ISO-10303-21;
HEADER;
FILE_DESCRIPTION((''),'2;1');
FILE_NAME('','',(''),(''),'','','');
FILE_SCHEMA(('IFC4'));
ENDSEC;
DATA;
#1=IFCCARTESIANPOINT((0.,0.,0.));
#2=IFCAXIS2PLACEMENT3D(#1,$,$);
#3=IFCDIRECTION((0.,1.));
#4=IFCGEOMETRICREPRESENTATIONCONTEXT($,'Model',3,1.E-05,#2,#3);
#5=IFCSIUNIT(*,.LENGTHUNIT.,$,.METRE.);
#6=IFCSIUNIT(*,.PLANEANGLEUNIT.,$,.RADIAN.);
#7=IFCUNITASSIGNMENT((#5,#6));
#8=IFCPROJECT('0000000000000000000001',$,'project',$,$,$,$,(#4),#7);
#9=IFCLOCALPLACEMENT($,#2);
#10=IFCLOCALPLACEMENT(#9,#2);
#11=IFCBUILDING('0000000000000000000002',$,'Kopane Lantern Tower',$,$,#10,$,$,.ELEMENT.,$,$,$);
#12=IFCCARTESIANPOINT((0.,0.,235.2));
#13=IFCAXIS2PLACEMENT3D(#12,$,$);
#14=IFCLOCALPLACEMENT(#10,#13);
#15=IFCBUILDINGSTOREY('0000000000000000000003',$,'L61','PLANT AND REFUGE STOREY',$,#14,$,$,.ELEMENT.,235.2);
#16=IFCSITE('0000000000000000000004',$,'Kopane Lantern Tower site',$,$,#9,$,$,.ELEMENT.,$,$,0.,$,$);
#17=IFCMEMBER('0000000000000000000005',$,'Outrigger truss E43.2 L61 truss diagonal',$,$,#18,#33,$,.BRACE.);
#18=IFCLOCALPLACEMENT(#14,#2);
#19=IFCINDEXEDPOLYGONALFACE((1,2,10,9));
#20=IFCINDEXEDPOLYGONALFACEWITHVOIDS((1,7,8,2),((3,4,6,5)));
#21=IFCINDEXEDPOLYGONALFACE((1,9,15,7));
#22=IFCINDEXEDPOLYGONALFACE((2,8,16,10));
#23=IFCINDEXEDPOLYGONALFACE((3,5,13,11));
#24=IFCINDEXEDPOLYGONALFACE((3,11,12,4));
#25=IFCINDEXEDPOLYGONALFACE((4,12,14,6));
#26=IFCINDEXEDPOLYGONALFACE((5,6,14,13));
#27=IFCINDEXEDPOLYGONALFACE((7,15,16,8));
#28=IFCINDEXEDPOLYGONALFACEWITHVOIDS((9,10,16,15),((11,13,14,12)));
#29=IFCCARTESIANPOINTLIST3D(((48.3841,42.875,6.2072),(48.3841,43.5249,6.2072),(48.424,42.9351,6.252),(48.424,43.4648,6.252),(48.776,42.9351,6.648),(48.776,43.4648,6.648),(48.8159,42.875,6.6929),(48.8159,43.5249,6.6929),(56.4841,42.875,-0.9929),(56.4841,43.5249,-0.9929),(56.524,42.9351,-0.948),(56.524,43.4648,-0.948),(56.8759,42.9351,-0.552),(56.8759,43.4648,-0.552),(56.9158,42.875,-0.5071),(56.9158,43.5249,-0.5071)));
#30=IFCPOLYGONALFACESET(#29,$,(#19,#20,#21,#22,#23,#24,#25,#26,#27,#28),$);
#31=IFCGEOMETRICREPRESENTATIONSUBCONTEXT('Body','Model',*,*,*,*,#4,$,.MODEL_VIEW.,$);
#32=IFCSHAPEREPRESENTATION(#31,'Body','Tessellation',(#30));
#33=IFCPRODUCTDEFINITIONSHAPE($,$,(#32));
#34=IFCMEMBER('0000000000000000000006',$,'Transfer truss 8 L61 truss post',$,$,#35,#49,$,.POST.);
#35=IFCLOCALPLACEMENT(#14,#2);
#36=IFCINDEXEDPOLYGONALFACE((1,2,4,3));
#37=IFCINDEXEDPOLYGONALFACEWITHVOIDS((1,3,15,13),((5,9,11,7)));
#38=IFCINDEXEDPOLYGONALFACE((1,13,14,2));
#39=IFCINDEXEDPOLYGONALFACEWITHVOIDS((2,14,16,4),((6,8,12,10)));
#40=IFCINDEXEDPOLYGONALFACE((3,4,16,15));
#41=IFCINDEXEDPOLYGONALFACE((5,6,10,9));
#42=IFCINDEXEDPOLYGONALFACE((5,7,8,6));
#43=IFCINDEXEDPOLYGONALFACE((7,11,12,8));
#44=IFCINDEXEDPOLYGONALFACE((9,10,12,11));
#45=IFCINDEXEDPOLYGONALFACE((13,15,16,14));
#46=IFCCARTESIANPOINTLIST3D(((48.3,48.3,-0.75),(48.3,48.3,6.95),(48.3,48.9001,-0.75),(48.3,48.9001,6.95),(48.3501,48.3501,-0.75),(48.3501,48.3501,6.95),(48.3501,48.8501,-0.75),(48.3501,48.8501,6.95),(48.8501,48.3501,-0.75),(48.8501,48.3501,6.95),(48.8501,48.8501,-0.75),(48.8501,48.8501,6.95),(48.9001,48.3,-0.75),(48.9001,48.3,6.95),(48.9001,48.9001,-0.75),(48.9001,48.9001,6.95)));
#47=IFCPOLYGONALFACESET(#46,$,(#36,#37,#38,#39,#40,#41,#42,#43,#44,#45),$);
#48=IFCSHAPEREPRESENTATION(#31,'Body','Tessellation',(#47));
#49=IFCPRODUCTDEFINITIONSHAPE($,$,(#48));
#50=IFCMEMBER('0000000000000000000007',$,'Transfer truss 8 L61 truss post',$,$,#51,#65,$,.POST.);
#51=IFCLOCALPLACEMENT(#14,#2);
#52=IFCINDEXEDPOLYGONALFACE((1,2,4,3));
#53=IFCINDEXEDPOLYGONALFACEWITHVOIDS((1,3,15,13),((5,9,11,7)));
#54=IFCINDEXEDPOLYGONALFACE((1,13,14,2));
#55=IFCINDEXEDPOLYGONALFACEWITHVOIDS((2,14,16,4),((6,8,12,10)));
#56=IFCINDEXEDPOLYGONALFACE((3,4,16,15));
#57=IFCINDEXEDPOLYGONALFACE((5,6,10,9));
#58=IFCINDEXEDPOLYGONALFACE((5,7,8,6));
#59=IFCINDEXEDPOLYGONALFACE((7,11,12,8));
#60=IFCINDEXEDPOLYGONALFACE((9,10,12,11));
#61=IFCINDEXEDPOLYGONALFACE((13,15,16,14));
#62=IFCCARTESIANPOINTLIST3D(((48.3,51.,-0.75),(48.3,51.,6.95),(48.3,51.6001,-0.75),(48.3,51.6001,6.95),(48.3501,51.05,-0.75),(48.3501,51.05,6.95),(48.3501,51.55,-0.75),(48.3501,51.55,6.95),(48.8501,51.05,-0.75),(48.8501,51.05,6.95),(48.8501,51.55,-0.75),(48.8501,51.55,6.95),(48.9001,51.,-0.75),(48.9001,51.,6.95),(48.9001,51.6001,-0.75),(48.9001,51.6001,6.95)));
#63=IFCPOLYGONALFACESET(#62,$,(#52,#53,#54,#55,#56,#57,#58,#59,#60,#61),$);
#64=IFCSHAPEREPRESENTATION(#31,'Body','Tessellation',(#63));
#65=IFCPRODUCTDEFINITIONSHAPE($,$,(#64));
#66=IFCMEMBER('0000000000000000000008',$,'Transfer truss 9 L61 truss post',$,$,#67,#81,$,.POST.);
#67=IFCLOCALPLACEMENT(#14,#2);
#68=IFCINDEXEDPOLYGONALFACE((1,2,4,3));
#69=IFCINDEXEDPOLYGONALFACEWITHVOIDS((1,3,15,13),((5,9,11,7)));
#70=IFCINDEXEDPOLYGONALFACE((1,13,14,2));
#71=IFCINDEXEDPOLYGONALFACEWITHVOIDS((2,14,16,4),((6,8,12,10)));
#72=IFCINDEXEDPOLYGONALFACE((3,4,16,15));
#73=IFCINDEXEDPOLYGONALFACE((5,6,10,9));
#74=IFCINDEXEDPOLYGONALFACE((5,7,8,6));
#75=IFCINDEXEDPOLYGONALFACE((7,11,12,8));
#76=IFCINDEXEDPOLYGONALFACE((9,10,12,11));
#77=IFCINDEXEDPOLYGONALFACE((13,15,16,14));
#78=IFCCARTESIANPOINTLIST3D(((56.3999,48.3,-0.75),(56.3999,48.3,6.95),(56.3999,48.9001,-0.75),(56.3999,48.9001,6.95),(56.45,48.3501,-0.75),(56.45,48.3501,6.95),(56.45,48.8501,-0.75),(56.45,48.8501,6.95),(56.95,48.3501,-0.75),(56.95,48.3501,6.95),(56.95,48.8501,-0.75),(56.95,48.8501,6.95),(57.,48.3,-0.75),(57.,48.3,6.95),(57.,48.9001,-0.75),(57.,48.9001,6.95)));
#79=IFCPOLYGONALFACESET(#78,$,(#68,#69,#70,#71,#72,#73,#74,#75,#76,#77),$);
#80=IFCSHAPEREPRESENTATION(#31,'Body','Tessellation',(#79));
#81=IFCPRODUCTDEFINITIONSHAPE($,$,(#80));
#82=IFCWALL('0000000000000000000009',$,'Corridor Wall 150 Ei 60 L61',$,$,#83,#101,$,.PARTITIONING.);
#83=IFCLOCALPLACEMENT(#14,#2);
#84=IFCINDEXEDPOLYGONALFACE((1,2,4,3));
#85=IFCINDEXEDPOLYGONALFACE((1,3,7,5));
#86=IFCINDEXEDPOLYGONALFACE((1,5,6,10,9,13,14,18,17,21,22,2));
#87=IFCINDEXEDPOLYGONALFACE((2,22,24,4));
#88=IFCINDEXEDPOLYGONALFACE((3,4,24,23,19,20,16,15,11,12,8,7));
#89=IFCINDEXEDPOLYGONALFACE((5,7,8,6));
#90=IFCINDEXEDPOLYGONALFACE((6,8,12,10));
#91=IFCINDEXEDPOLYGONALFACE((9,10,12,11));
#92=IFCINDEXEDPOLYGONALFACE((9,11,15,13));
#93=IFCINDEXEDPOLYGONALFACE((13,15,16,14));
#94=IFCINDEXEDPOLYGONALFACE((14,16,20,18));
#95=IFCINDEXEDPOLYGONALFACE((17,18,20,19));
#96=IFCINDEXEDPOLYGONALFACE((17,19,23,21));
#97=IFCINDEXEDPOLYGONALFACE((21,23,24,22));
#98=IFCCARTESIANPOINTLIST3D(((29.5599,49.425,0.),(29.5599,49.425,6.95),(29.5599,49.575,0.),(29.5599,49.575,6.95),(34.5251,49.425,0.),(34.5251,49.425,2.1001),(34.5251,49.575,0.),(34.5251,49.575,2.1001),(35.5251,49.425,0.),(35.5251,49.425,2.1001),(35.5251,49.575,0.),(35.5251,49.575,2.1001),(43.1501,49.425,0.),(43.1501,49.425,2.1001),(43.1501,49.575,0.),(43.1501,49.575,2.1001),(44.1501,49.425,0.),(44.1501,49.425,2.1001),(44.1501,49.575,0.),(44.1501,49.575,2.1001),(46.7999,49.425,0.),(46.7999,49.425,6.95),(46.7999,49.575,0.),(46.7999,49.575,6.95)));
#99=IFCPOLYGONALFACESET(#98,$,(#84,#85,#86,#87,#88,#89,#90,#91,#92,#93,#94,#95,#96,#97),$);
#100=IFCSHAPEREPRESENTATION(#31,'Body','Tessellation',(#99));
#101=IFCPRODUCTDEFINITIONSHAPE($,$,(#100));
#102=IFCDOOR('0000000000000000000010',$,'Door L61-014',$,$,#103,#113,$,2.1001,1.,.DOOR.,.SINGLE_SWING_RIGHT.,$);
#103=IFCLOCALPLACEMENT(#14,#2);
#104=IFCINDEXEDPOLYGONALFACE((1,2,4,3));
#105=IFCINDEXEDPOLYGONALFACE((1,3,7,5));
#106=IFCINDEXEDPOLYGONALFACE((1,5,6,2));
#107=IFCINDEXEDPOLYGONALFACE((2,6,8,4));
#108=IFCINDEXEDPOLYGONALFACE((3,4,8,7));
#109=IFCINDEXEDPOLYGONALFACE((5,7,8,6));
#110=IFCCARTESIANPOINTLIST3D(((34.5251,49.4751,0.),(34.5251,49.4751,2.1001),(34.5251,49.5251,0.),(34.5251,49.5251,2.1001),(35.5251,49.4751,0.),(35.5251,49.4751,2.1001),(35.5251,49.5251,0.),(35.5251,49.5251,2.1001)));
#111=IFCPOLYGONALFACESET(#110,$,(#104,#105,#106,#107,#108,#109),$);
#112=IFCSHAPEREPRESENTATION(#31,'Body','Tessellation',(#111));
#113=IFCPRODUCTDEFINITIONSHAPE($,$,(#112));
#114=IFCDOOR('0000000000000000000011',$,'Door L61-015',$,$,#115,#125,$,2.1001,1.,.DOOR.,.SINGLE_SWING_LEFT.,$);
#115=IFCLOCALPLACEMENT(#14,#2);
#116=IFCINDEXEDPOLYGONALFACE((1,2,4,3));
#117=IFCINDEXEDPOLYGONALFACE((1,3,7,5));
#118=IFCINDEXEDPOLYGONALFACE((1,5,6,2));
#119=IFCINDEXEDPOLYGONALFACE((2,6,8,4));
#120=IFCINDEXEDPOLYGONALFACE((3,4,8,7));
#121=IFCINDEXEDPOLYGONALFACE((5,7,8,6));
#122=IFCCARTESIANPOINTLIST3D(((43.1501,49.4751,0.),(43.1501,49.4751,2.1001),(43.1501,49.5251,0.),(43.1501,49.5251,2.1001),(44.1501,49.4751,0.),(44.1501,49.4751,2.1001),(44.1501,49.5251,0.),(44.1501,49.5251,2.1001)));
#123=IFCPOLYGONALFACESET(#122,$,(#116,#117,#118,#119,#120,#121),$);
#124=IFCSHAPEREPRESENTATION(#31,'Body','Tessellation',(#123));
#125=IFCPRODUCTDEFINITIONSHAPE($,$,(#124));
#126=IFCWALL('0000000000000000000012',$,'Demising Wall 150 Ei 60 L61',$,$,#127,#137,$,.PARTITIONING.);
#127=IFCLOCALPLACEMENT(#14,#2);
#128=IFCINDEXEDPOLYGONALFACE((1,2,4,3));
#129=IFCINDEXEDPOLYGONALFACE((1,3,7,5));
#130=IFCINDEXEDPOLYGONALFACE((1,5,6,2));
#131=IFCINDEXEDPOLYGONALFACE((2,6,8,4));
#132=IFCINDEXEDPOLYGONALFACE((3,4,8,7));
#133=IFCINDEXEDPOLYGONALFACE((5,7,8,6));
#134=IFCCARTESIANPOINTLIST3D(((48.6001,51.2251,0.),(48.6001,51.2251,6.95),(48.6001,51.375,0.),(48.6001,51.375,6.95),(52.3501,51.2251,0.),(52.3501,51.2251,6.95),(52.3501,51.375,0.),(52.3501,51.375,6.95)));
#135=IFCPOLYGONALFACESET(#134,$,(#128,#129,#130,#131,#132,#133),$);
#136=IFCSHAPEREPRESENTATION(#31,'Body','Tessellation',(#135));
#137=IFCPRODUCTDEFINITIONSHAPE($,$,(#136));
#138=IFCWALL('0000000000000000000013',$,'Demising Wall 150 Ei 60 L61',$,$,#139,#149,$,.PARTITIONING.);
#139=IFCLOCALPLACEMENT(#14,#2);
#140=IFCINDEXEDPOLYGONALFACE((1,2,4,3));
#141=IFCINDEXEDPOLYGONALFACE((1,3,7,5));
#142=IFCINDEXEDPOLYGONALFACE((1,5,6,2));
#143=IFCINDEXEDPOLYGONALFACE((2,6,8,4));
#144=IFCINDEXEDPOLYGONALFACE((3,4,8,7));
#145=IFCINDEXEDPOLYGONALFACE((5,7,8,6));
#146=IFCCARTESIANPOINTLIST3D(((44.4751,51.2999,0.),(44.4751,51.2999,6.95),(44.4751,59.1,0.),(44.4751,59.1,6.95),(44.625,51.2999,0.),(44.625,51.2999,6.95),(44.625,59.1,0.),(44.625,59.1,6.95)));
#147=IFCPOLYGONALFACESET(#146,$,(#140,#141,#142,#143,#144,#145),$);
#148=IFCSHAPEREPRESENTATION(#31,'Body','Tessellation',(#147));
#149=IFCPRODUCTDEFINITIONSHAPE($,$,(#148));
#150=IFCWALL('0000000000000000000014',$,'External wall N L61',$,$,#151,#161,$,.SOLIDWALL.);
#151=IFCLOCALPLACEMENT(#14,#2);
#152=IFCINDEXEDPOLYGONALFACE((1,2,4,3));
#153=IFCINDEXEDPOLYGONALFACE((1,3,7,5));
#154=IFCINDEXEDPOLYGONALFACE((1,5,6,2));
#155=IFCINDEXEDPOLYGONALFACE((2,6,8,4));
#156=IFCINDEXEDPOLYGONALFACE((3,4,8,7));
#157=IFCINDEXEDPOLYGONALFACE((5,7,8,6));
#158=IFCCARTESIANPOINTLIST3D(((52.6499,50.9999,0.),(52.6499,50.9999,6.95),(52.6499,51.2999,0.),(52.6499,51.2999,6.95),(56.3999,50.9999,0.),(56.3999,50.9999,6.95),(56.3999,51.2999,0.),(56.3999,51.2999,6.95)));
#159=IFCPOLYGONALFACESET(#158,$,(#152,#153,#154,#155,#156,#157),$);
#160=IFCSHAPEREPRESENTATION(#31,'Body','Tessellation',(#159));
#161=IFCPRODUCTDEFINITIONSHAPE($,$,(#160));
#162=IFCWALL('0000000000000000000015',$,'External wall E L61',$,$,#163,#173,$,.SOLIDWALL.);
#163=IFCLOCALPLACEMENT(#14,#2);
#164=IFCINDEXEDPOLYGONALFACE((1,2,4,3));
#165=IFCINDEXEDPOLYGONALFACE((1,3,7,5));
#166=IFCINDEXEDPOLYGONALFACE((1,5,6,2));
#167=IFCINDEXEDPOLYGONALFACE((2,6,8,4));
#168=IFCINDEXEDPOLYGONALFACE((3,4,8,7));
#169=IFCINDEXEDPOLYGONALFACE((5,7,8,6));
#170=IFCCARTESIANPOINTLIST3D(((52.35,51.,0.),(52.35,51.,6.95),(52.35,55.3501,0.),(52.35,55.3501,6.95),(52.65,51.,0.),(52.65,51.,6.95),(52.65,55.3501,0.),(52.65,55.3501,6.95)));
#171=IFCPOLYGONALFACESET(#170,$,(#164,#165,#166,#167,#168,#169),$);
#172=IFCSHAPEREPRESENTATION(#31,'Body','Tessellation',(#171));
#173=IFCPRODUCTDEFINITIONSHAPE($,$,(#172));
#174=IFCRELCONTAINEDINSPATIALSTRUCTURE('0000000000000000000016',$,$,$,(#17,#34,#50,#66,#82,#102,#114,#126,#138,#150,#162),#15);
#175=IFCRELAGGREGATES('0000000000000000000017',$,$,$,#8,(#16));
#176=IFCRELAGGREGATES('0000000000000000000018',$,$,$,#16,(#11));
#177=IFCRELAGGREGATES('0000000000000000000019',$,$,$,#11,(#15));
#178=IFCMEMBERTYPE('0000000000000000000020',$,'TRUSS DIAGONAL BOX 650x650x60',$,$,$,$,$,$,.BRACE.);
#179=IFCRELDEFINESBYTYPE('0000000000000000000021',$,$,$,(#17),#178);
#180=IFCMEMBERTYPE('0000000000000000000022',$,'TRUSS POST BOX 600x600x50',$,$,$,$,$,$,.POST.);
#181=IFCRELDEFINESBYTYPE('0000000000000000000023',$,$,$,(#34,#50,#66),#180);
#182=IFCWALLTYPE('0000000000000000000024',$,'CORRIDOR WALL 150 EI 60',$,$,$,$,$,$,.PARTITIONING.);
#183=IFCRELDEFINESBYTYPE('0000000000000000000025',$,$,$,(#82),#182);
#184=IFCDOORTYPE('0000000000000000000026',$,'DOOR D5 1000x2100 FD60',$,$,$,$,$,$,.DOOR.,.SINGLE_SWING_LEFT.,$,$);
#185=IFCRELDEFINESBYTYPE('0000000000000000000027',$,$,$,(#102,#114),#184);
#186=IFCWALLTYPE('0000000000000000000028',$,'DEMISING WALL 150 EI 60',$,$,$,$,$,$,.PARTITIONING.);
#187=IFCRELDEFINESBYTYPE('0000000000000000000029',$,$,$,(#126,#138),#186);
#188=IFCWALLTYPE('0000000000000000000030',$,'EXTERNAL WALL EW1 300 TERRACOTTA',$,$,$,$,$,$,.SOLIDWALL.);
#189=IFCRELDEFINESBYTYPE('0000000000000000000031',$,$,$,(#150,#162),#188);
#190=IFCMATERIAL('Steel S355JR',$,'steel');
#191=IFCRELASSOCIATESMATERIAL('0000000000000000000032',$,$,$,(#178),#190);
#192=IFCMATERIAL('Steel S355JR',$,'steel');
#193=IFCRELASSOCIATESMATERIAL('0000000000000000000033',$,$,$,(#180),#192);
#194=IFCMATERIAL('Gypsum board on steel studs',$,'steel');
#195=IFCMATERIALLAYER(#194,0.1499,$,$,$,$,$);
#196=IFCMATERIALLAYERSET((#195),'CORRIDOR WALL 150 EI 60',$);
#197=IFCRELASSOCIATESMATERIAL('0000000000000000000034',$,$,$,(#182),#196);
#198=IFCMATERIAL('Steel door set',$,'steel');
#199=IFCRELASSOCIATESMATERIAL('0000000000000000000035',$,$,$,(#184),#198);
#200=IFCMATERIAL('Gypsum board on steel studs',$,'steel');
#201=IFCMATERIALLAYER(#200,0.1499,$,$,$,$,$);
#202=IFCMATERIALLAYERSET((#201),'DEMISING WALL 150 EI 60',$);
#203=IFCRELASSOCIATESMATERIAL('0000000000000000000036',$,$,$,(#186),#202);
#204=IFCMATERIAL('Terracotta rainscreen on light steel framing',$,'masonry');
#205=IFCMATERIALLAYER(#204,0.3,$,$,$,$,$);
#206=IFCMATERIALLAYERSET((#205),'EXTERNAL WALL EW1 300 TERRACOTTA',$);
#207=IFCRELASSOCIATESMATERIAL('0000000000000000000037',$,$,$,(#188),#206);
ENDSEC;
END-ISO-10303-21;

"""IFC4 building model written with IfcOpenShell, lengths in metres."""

from ifc_helpers import new_model, si_unit, direction, frame, frame_2d, origin, origin_2d, place, context, subcontext, project, spatial, rectangle, hollow_rectangle, extrude, material, layer, layer_set, material_profile, profile_set, type_object, element, fill, save


model = new_model("IFC4")

# Units and contexts
model_context = context("Model", 3, precision=1e-05, world=origin(), true_north=direction((0.0, 1.0)))
body_context = subcontext(model_context, "Body", "Model", "MODEL_VIEW")
ifc_project = project(units=[si_unit("LENGTHUNIT", "METRE"), si_unit("PLANEANGLEUNIT", "RADIAN")], contexts=[model_context])

# Site, building, storey
site_placement = place(None, origin())
site = spatial("IfcSite", under=ifc_project, at=site_placement, Name="Kopane Lantern Tower site", CompositionType="ELEMENT", RefElevation=0.0)
building_placement = place(site_placement, origin())
building = spatial("IfcBuilding", under=site, at=building_placement, Name="Kopane Lantern Tower", CompositionType="ELEMENT")
storey_placement = place(building_placement, frame((0.0, 0.0, 235.2)))
storey = spatial("IfcBuildingStorey", under=building, at=storey_placement, Name="L61", Description="PLANT AND REFUGE STOREY", CompositionType="ELEMENT", Elevation=235.2)

# Members
ifc_material_1 = material(Name="Steel S355JR", Category="steel")
ifc_material_profile_1 = material_profile(ifc_material_1, hollow_rectangle(XDim=0.6499, YDim=0.6499, WallThickness=0.0601, at=origin_2d()), Name="BOX 650x650x60")
ifc_profile_set_1 = profile_set([ifc_material_profile_1], Name="Steel S355JR")
member_type_1 = type_object("IfcMemberType", Name="TRUSS DIAGONAL BOX 650x650x60", PredefinedType="BRACE", material=ifc_profile_set_1)
member_1_placement = place(storey_placement, frame((56.7, 43.2, -0.75), z_axis=(-0.747406, 0.0, 0.664368), x_axis=(0.0, -1.0, 0.0)))
element("IfcMember", 1, at=member_1_placement, inside=storey, type_object=member_type_1, Name="Outrigger truss E43.2 L61 truss diagonal", PredefinedType="BRACE", context=body_context, shape_type="SweptSolid", body=[
    extrude(hollow_rectangle(XDim=0.6499, YDim=0.6499, WallThickness=0.0601, at=origin_2d()), origin(), (0.0, 0.0, 1.0), 10.8374),
])
ifc_material_2 = material(Name="Steel S355JR", Category="steel")
ifc_material_profile_2 = material_profile(ifc_material_2, hollow_rectangle(XDim=0.6001, YDim=0.6001, WallThickness=0.05, at=origin_2d()), Name="BOX 600x600x50")
ifc_profile_set_2 = profile_set([ifc_material_profile_2], Name="Steel S355JR")
member_type_2 = type_object("IfcMemberType", Name="TRUSS POST BOX 600x600x50", PredefinedType="POST", material=ifc_profile_set_2)
for number, where, z_axis, x_axis, name in (
    (2, (48.6001, 48.6001, -0.75), (0.0, 0.0, 1.0), (1.0, 0.0, 0.0), "Transfer truss 8 L61 truss post"),
    (3, (48.6001, 51.3, -0.75), (0.0, 0.0, 1.0), (1.0, 0.0, 0.0), "Transfer truss 8 L61 truss post"),
    (4, (56.7, 48.6001, -0.75), (0.0, 0.0, 1.0), (1.0, 0.0, 0.0), "Transfer truss 9 L61 truss post"),
):
    element("IfcMember", number, at=place(storey_placement, frame(where, z_axis=z_axis, x_axis=x_axis)), inside=storey, type_object=member_type_2, Name=name, PredefinedType="POST", context=body_context, shape_type="SweptSolid", body=[
        extrude(hollow_rectangle(XDim=0.6001, YDim=0.6001, WallThickness=0.05, at=origin_2d()), origin(), (0.0, 0.0, 1.0), 7.7),
    ])

# Wall, openings, doors
ifc_material_3 = material(Name="Gypsum board on steel studs", Category="steel")
ifc_layer_1 = layer(ifc_material_3, 0.1499)
ifc_layer_set_1 = layer_set([ifc_layer_1], Name="CORRIDOR WALL 150 EI 60")
wall_type_1 = type_object("IfcWallType", Name="CORRIDOR WALL 150 EI 60", PredefinedType="PARTITIONING", material=ifc_layer_set_1)
wall_1_placement = place(storey_placement, frame((46.8, 49.5, 0.0), z_axis=(0.0, 0.0, 1.0), x_axis=(-1.0, 0.0, 0.0)))
wall_1 = element("IfcWall", 5, at=wall_1_placement, inside=storey, type_object=wall_type_1, Name="Corridor Wall 150 Ei 60 L61", PredefinedType="PARTITIONING", context=body_context, shape_type="SweptSolid", body=[
    extrude(rectangle(XDim=17.24, YDim=0.1499, at=frame_2d((8.6201, 0.0))), origin(), (0.0, 0.0, 1.0), 6.95),
])
opening_1_placement = place(wall_1_placement, frame((11.2749, 0.0, 0.0)))
opening_1 = element("IfcOpeningElement", 6, at=opening_1_placement, cuts=wall_1, PredefinedType="OPENING", context=body_context, shape_type="SweptSolid", body=[
    extrude(rectangle(XDim=1.0, YDim=2.1001, at=frame_2d((0.5, 1.05))), frame((0.0, 0.085, 0.0), z_axis=(0.0, -1.0, 0.0), x_axis=(1.0, 0.0, 0.0)), (0.0, 0.0, 1.0), 0.1699),
])
opening_2_placement = place(wall_1_placement, frame((2.6499, 0.0, 0.0)))
opening_2 = element("IfcOpeningElement", 7, at=opening_2_placement, cuts=wall_1, PredefinedType="OPENING", context=body_context, shape_type="SweptSolid", body=[
    extrude(rectangle(XDim=1.0, YDim=2.1001, at=frame_2d((0.5, 1.05))), frame((0.0, 0.085, 0.0), z_axis=(0.0, -1.0, 0.0), x_axis=(1.0, 0.0, 0.0)), (0.0, 0.0, 1.0), 0.1699),
])
ifc_material_4 = material(Name="Steel door set", Category="steel")
door_type = type_object("IfcDoorType", Name="DOOR D5 1000x2100 FD60", OperationType="SINGLE_SWING_LEFT", PredefinedType="DOOR", material=ifc_material_4)
door_1_placement = place(opening_1_placement, origin())
door_1 = element("IfcDoor", 8, at=door_1_placement, inside=storey, type_object=door_type, Name="Door L61-014", OperationType="SINGLE_SWING_RIGHT", OverallHeight=2.1001, OverallWidth=1.0, PredefinedType="DOOR", context=body_context, shape_type="SweptSolid", body=[
    extrude(rectangle(XDim=1.0, YDim=2.1001, at=frame_2d((0.5, 1.05))), frame((0.0, 0.0249, 0.0), z_axis=(0.0, -1.0, 0.0), x_axis=(1.0, 0.0, 0.0)), (0.0, 0.0, 1.0), 0.05),
])
fill(opening_1, door_1)
door_2_placement = place(opening_2_placement, origin())
door_2 = element("IfcDoor", 9, at=door_2_placement, inside=storey, type_object=door_type, Name="Door L61-015", OperationType="SINGLE_SWING_LEFT", OverallHeight=2.1001, OverallWidth=1.0, PredefinedType="DOOR", context=body_context, shape_type="SweptSolid", body=[
    extrude(rectangle(XDim=1.0, YDim=2.1001, at=frame_2d((0.5, 1.05))), frame((0.0, 0.0249, 0.0), z_axis=(0.0, -1.0, 0.0), x_axis=(1.0, 0.0, 0.0)), (0.0, 0.0, 1.0), 0.05),
])
fill(opening_2, door_2)

# Walls
ifc_material_5 = material(Name="Gypsum board on steel studs", Category="steel")
ifc_layer_2 = layer(ifc_material_5, 0.1499)
ifc_layer_set_2 = layer_set([ifc_layer_2], Name="DEMISING WALL 150 EI 60")
wall_type_2 = type_object("IfcWallType", Name="DEMISING WALL 150 EI 60", PredefinedType="PARTITIONING", material=ifc_layer_set_2)
wall_2_placement = place(storey_placement, frame((48.6001, 51.3, 0.0), z_axis=(0.0, 0.0, 1.0), x_axis=(1.0, 0.0, 0.0)))
element("IfcWall", 10, at=wall_2_placement, inside=storey, type_object=wall_type_2, Name="Demising Wall 150 Ei 60 L61", PredefinedType="PARTITIONING", context=body_context, shape_type="SweptSolid", body=[
    extrude(rectangle(XDim=3.75, YDim=0.1499, at=frame_2d((1.875, 0.0))), origin(), (0.0, 0.0, 1.0), 6.95),
])
wall_3_placement = place(storey_placement, frame((44.55, 51.3, 0.0), z_axis=(0.0, 0.0, 1.0), x_axis=(0.0, 1.0, 0.0)))
element("IfcWall", 11, at=wall_3_placement, inside=storey, type_object=wall_type_2, Name="Demising Wall 150 Ei 60 L61", PredefinedType="PARTITIONING", context=body_context, shape_type="SweptSolid", body=[
    extrude(rectangle(XDim=7.8, YDim=0.1499, at=frame_2d((3.8999, 0.0))), origin(), (0.0, 0.0, 1.0), 6.95),
])
ifc_material_6 = material(Name="Terracotta rainscreen on light steel framing", Category="masonry")
ifc_layer_3 = layer(ifc_material_6, 0.3)
ifc_layer_set_3 = layer_set([ifc_layer_3], Name="EXTERNAL WALL EW1 300 TERRACOTTA")
wall_type_3 = type_object("IfcWallType", Name="EXTERNAL WALL EW1 300 TERRACOTTA", PredefinedType="SOLIDWALL", material=ifc_layer_set_3)
wall_4_placement = place(storey_placement, frame((56.3999, 51.1499, 0.0), z_axis=(0.0, 0.0, 1.0), x_axis=(-1.0, 0.0, 0.0)))
element("IfcWall", 12, at=wall_4_placement, inside=storey, type_object=wall_type_3, Name="External wall N L61", PredefinedType="SOLIDWALL", context=body_context, shape_type="SweptSolid", body=[
    extrude(rectangle(XDim=3.75, YDim=0.3, at=frame_2d((1.875, 0.0))), origin(), (0.0, 0.0, 1.0), 6.95),
])
wall_5_placement = place(storey_placement, frame((52.5, 51.0, 0.0), z_axis=(0.0, 0.0, 1.0), x_axis=(0.0, 1.0, 0.0)))
element("IfcWall", 13, at=wall_5_placement, inside=storey, type_object=wall_type_3, Name="External wall E L61", PredefinedType="SOLIDWALL", context=body_context, shape_type="SweptSolid", body=[
    extrude(rectangle(XDim=4.3501, YDim=0.3, at=frame_2d((2.175, 0.0))), origin(), (0.0, 0.0, 1.0), 6.95),
])

save(model, "model.ifc")
